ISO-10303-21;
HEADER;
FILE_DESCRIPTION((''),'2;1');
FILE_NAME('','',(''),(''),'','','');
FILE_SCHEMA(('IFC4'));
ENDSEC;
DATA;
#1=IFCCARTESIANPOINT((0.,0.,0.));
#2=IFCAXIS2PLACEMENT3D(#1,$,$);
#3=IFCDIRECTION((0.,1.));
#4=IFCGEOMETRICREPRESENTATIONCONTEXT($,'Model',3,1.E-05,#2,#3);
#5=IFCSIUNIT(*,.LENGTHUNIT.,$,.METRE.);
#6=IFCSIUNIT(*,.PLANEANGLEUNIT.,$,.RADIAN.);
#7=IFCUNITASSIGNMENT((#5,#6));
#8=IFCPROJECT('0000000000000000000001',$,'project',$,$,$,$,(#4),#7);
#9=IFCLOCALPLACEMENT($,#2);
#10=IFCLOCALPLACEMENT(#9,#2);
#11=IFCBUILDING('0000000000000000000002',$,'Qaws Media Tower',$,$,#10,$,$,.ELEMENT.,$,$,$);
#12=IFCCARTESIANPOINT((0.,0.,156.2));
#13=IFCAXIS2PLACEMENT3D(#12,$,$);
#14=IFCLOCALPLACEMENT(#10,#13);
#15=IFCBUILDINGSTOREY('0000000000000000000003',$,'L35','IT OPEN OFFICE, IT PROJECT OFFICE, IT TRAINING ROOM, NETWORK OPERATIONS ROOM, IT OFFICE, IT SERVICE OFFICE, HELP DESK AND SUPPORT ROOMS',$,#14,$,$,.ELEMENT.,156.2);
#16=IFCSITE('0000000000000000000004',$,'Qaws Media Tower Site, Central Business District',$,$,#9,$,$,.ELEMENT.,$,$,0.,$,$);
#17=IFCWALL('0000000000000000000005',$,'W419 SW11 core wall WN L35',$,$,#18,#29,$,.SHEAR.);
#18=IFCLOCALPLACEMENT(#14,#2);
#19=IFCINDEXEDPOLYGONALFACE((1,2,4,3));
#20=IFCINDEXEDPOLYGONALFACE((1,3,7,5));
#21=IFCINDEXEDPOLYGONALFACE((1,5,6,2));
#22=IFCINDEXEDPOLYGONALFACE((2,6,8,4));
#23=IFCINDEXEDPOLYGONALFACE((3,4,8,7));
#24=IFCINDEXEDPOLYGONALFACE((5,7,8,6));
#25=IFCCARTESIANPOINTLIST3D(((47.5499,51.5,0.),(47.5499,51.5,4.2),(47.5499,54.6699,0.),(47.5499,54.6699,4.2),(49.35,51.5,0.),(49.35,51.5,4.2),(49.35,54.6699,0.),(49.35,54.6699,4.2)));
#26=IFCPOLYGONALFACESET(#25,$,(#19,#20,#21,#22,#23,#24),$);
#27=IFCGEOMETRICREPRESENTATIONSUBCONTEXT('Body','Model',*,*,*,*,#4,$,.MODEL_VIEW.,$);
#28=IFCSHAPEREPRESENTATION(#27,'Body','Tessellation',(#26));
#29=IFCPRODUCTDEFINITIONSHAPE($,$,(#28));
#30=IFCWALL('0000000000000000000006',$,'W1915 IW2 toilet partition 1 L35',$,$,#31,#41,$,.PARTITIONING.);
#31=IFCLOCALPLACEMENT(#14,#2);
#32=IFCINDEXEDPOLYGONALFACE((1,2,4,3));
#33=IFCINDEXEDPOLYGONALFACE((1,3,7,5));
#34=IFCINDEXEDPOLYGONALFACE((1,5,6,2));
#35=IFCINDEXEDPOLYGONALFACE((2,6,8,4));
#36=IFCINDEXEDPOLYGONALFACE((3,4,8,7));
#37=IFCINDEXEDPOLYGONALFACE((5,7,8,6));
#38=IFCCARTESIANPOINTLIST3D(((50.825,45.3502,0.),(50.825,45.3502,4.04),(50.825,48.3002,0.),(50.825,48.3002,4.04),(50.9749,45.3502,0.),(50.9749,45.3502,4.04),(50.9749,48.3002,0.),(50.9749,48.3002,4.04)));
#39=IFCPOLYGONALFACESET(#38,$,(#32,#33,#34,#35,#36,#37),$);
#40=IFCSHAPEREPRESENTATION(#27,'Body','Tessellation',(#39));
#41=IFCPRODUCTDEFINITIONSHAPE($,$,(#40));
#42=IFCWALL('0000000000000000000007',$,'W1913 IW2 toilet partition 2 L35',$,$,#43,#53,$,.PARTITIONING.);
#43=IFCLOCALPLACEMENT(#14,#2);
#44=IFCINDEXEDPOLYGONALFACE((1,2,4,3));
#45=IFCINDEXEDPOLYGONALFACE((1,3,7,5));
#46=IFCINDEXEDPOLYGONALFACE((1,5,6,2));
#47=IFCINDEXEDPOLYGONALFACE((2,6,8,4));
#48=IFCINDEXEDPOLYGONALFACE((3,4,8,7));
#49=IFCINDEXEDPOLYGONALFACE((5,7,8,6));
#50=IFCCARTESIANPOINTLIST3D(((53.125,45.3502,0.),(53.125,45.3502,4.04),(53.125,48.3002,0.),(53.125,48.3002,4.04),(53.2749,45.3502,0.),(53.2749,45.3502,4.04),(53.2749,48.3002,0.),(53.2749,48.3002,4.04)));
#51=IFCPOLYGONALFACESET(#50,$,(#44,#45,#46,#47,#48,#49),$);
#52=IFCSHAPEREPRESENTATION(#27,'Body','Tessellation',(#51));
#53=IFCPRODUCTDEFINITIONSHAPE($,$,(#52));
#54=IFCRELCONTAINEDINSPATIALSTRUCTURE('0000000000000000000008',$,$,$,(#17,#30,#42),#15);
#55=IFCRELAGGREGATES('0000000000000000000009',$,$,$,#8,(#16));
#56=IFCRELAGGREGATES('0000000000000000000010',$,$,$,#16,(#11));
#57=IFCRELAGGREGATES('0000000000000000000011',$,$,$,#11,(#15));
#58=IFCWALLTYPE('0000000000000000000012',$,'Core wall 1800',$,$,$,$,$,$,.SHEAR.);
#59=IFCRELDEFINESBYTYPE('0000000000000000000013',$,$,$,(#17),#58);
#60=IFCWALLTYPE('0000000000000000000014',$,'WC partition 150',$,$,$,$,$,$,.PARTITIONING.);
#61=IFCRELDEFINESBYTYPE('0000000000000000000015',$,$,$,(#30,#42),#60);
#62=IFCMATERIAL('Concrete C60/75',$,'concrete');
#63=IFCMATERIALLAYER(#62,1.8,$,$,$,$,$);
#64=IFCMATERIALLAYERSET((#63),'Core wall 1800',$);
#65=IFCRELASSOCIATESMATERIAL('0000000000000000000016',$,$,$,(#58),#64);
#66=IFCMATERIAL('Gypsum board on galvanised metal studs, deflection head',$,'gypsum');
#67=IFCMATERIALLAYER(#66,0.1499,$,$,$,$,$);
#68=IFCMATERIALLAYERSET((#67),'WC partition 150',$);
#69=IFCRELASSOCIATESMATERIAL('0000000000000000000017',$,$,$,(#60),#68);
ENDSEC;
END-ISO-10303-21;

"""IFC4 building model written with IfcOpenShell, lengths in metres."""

from ifc_helpers import new_model, si_unit, direction, frame, frame_2d, origin, place, context, subcontext, project, spatial, rectangle, extrude, material, layer, layer_set, type_object, element, save


model = new_model("IFC4")

# Units and contexts
model_context = context("Model", 3, precision=1e-05, world=origin(), true_north=direction((0.0, 1.0)))
body_context = subcontext(model_context, "Body", "Model", "MODEL_VIEW")
ifc_project = project(units=[si_unit("LENGTHUNIT", "METRE"), si_unit("PLANEANGLEUNIT", "RADIAN")], contexts=[model_context])

# Site, building, storey
site_placement = place(None, origin())
site = spatial("IfcSite", under=ifc_project, at=site_placement, Name="Qaws Media Tower Site, Central Business District", CompositionType="ELEMENT", RefElevation=0.0)
building_placement = place(site_placement, origin())
building = spatial("IfcBuilding", under=site, at=building_placement, Name="Qaws Media Tower", CompositionType="ELEMENT")
storey_placement = place(building_placement, frame((0.0, 0.0, 156.2)))
storey = spatial("IfcBuildingStorey", under=building, at=storey_placement, Name="L35", Description="IT OPEN OFFICE, IT PROJECT OFFICE, IT TRAINING ROOM, NETWORK OPERATIONS ROOM, IT OFFICE, IT SERVICE OFFICE, HELP DESK AND SUPPORT ROOMS", CompositionType="ELEMENT", Elevation=156.2)

# Shared definitions
ifc_material_1 = material(Name="Concrete C60/75", Category="concrete")
ifc_layer_1 = layer(ifc_material_1, 1.8)
ifc_layer_set_1 = layer_set([ifc_layer_1], Name="Core wall 1800")
wall_type_1 = type_object("IfcWallType", Name="Core wall 1800", PredefinedType="SHEAR", material=ifc_layer_set_1)

# Walls
wall_1_placement = place(storey_placement, frame((48.45, 51.5, 0.0), z_axis=(0.0, 0.0, 1.0), x_axis=(0.0, 1.0, 0.0)))
element("IfcWall", 1, at=wall_1_placement, inside=storey, type_object=wall_type_1, Name="W419 SW11 core wall WN L35", PredefinedType="SHEAR", context=body_context, shape_type="SweptSolid", body=[
    extrude(rectangle(XDim=3.1699, YDim=1.8, at=frame_2d((1.585, 0.0))), origin(), (0.0, 0.0, 1.0), 4.2),
])
ifc_material_2 = material(Name="Gypsum board on galvanised metal studs, deflection head", Category="gypsum")
ifc_layer_2 = layer(ifc_material_2, 0.1499)
ifc_layer_set_2 = layer_set([ifc_layer_2], Name="WC partition 150")
wall_type_2 = type_object("IfcWallType", Name="WC partition 150", PredefinedType="PARTITIONING", material=ifc_layer_set_2)
for number, where, z_axis, x_axis, name in (
    (2, (50.8999, 45.3501, 0.0), (0.0, 0.0, 1.0), (0.0, 1.0, 0.0), "W1915 IW2 toilet partition 1 L35"),
    (3, (53.2, 45.3501, 0.0), (0.0, 0.0, 1.0), (0.0, 1.0, 0.0), "W1913 IW2 toilet partition 2 L35"),
):
    element("IfcWall", number, at=place(storey_placement, frame(where, z_axis=z_axis, x_axis=x_axis)), inside=storey, type_object=wall_type_2, Name=name, PredefinedType="PARTITIONING", context=body_context, shape_type="SweptSolid", body=[
        extrude(rectangle(XDim=2.95, YDim=0.1499, at=frame_2d((1.4751, 0.0))), origin(), (0.0, 0.0, 1.0), 4.04),
    ])

save(model, "model.ifc")
